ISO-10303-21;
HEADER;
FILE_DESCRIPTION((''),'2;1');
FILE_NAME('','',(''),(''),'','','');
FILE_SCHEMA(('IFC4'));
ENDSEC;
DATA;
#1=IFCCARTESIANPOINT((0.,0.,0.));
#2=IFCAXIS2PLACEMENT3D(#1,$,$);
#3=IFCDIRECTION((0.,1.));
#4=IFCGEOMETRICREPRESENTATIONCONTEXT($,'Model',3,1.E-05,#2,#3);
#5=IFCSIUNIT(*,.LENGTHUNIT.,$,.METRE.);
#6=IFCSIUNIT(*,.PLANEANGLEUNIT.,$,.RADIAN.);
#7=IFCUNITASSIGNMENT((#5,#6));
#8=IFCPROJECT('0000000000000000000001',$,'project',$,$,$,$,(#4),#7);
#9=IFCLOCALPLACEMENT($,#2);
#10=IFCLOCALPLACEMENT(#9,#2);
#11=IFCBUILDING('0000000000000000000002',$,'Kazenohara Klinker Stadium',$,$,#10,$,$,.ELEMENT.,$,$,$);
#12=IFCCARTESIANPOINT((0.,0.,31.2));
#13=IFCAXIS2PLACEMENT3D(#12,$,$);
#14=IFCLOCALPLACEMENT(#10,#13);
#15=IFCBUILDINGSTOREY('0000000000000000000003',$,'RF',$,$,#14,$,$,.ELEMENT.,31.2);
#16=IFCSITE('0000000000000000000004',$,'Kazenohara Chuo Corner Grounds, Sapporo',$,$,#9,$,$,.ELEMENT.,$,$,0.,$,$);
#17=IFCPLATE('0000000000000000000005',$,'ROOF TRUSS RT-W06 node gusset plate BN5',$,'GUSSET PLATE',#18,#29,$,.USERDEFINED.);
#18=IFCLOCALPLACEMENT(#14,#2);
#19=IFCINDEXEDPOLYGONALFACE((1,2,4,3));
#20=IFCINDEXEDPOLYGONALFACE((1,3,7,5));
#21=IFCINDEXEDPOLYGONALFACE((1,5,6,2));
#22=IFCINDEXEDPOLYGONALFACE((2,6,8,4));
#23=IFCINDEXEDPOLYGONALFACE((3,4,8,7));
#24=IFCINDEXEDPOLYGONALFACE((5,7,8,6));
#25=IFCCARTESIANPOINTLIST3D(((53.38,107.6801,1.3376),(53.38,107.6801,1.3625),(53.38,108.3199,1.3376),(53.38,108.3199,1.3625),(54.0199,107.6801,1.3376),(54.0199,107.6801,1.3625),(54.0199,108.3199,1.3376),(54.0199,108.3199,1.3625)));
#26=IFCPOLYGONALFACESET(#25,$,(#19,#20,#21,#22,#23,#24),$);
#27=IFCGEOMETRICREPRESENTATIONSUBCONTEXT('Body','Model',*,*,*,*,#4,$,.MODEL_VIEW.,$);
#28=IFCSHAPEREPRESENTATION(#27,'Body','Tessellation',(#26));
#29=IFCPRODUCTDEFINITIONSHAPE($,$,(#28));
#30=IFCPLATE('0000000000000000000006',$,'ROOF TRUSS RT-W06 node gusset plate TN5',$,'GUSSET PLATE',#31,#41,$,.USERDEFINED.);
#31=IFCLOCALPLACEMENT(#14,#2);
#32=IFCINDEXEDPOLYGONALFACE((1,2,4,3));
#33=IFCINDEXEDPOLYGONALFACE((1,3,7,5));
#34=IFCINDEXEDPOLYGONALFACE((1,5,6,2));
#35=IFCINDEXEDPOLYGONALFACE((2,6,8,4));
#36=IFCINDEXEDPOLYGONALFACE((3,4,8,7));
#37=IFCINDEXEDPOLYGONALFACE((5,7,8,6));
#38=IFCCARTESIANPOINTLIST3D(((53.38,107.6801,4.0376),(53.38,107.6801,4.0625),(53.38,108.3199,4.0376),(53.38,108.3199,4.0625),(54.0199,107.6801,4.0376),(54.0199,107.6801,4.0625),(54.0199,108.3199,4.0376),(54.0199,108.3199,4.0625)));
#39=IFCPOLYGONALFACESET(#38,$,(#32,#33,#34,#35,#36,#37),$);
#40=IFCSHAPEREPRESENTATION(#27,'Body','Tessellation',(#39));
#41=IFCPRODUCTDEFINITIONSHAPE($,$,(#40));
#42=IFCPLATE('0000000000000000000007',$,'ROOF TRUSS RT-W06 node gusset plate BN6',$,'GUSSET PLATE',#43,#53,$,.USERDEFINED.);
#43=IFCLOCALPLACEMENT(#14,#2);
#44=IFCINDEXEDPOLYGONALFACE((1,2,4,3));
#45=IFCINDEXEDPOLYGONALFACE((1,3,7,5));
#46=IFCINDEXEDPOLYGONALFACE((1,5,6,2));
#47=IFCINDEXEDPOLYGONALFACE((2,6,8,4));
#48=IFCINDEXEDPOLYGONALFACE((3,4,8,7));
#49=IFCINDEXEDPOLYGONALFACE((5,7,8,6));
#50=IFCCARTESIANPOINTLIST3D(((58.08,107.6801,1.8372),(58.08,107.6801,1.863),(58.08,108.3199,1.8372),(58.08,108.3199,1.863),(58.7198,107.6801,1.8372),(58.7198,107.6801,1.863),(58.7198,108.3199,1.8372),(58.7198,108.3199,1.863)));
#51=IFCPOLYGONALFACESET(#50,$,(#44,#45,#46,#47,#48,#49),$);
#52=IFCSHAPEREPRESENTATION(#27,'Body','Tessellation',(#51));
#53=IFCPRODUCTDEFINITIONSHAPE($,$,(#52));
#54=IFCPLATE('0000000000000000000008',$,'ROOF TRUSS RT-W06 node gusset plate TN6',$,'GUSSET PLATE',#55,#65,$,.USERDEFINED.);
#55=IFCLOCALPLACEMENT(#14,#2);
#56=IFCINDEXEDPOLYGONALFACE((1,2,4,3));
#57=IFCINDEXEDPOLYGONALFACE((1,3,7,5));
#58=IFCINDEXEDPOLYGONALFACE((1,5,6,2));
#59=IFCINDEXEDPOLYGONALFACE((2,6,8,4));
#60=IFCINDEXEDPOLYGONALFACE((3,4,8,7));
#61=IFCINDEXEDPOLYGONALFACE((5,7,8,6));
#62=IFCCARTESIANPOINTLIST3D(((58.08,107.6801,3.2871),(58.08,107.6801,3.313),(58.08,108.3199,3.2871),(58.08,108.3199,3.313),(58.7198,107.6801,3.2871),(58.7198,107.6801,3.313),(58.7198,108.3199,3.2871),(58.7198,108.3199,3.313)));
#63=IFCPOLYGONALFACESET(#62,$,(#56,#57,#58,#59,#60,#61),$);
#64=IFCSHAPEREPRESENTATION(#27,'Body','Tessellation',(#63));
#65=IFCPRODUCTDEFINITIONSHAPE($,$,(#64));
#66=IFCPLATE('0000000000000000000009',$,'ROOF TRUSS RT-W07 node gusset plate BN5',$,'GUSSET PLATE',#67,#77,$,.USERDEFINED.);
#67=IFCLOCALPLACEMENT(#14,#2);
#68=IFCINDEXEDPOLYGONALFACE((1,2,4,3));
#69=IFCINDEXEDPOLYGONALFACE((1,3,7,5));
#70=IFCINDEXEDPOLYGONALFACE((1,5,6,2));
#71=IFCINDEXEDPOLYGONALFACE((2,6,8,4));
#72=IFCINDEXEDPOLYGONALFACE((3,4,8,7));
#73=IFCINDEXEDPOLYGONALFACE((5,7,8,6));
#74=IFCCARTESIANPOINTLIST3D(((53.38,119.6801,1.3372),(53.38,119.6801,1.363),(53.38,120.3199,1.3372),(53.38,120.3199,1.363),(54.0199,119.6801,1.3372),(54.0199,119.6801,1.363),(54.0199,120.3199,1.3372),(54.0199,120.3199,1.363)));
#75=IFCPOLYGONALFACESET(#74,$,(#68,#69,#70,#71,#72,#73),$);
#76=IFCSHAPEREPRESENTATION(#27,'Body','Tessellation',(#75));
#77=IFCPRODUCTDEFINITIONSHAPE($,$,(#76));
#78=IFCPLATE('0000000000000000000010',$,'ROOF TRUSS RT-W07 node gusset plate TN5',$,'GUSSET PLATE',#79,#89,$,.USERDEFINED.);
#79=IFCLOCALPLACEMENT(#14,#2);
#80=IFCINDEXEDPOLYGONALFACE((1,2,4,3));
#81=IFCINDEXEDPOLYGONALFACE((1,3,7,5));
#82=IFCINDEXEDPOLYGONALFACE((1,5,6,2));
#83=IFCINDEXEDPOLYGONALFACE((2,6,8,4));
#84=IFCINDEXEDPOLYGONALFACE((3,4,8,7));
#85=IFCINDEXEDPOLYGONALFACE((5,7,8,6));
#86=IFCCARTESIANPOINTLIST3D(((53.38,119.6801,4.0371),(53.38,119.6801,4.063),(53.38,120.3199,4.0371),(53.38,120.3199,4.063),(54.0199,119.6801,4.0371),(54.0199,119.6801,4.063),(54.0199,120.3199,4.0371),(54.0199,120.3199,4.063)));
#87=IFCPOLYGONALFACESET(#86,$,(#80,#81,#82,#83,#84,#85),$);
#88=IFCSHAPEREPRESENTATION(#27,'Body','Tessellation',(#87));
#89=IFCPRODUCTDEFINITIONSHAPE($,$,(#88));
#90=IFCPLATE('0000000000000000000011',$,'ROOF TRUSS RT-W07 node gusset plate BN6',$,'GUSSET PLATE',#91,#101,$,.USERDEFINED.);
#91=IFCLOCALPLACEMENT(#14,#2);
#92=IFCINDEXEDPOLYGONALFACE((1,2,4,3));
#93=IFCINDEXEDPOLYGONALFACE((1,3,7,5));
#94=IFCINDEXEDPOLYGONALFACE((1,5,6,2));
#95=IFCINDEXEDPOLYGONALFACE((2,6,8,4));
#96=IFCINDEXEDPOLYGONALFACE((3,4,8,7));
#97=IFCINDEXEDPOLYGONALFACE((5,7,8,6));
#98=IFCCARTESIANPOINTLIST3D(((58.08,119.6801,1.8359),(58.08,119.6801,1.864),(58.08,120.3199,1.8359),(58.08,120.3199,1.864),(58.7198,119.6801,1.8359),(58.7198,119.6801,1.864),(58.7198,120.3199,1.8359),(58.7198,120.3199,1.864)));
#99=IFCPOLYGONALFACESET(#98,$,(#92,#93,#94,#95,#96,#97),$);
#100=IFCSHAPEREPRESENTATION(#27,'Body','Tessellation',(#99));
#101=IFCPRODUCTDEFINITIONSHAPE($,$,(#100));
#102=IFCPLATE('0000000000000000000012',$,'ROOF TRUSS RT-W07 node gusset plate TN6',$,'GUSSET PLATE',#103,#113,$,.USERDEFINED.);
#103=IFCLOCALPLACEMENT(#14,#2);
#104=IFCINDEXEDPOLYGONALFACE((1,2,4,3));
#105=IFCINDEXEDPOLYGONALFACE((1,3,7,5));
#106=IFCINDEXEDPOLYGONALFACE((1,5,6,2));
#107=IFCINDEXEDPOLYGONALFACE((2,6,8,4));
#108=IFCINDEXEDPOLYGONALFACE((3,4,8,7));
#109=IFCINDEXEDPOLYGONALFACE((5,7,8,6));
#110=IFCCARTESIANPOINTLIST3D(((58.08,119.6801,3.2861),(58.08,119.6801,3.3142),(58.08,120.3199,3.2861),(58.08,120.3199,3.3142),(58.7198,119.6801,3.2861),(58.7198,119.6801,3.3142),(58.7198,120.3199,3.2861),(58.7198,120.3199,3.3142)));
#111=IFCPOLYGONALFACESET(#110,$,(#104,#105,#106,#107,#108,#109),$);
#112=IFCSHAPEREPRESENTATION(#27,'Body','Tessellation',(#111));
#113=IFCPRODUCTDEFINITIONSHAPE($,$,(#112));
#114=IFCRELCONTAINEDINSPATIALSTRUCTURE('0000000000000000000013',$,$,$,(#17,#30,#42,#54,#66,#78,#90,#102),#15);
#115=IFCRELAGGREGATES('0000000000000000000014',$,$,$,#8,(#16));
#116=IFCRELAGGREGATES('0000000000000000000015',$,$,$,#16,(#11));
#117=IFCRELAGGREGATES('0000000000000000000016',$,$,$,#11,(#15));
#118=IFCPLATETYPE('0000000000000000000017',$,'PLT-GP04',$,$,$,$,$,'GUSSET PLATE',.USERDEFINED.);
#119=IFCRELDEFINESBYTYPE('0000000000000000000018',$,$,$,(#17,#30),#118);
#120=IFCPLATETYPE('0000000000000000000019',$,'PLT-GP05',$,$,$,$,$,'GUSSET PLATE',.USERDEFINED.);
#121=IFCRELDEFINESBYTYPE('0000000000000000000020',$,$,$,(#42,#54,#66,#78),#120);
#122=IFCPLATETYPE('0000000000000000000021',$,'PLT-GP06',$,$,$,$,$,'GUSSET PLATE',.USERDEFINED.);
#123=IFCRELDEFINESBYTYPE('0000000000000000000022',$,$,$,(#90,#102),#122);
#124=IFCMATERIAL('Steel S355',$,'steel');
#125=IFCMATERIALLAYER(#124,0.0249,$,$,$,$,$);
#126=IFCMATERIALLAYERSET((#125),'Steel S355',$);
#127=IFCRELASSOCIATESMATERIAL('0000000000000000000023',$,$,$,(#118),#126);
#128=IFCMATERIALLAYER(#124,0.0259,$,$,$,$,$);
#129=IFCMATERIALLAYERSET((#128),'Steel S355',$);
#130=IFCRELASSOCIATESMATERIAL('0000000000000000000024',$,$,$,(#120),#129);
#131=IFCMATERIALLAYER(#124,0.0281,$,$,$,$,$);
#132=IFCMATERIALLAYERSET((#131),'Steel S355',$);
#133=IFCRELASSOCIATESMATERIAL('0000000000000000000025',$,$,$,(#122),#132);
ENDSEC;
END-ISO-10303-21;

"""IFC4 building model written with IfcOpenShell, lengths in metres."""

from ifc_helpers import new_model, si_unit, direction, frame, origin, origin_2d, place, context, subcontext, project, spatial, rectangle, extrude, material, layer, layer_set, type_object, element, save


model = new_model("IFC4")

# Units and contexts
model_context = context("Model", 3, precision=1e-05, world=origin(), true_north=direction((0.0, 1.0)))
body_context = subcontext(model_context, "Body", "Model", "MODEL_VIEW")
ifc_project = project(units=[si_unit("LENGTHUNIT", "METRE"), si_unit("PLANEANGLEUNIT", "RADIAN")], contexts=[model_context])

# Site, building, storey
site_placement = place(None, origin())
site = spatial("IfcSite", under=ifc_project, at=site_placement, Name="Kazenohara Chuo Corner Grounds, Sapporo", CompositionType="ELEMENT", RefElevation=0.0)
building_placement = place(site_placement, origin())
building = spatial("IfcBuilding", under=site, at=building_placement, Name="Kazenohara Klinker Stadium", CompositionType="ELEMENT")
storey_placement = place(building_placement, frame((0.0, 0.0, 31.2)))
storey = spatial("IfcBuildingStorey", under=building, at=storey_placement, Name="RF", CompositionType="ELEMENT", Elevation=31.2)

# Shared definitions
ifc_material = material(Name="Steel S355", Category="steel")

# Plates
ifc_layer_1 = layer(ifc_material, 0.0249)
ifc_layer_set_1 = layer_set([ifc_layer_1], Name="Steel S355")
plate_type_1 = type_object("IfcPlateType", Name="PLT-GP04", ElementType="GUSSET PLATE", PredefinedType="USERDEFINED", material=ifc_layer_set_1)
for number, where, z_axis, x_axis, name in (
    (1, (53.7, 108.0, 1.3376), (0.0, 0.0, 1.0), (1.0, 0.0, 0.0), "ROOF TRUSS RT-W06 node gusset plate BN5"),
    (2, (53.7, 108.0, 4.0376), (0.0, 0.0, 1.0), (1.0, 0.0, 0.0), "ROOF TRUSS RT-W06 node gusset plate TN5"),
):
    element("IfcPlate", number, at=place(storey_placement, frame(where, z_axis=z_axis, x_axis=x_axis)), inside=storey, type_object=plate_type_1, Name=name, ObjectType="GUSSET PLATE", PredefinedType="USERDEFINED", context=body_context, shape_type="SweptSolid", body=[
        extrude(rectangle(XDim=0.6399, YDim=0.6399, at=origin_2d()), origin(), (0.0, 0.0, 1.0), 0.0249),
    ])
ifc_layer_2 = layer(ifc_material, 0.0259)
ifc_layer_set_2 = layer_set([ifc_layer_2], Name="Steel S355")
plate_type_2 = type_object("IfcPlateType", Name="PLT-GP05", ElementType="GUSSET PLATE", PredefinedType="USERDEFINED", material=ifc_layer_set_2)
for number, where, z_axis, x_axis, name in (
    (3, (58.3999, 108.0, 1.8372), (0.0, 0.0, 1.0), (1.0, 0.0, 0.0), "ROOF TRUSS RT-W06 node gusset plate BN6"),
    (4, (58.3999, 108.0, 3.2871), (0.0, 0.0, 1.0), (1.0, 0.0, 0.0), "ROOF TRUSS RT-W06 node gusset plate TN6"),
    (5, (53.7, 120.0, 1.3372), (0.0, 0.0, 1.0), (1.0, 0.0, 0.0), "ROOF TRUSS RT-W07 node gusset plate BN5"),
    (6, (53.7, 120.0, 4.0371), (0.0, 0.0, 1.0), (1.0, 0.0, 0.0), "ROOF TRUSS RT-W07 node gusset plate TN5"),
):
    element("IfcPlate", number, at=place(storey_placement, frame(where, z_axis=z_axis, x_axis=x_axis)), inside=storey, type_object=plate_type_2, Name=name, ObjectType="GUSSET PLATE", PredefinedType="USERDEFINED", context=body_context, shape_type="SweptSolid", body=[
        extrude(rectangle(XDim=0.6399, YDim=0.6399, at=origin_2d()), origin(), (0.0, 0.0, 1.0), 0.0259),
    ])
ifc_layer_3 = layer(ifc_material, 0.0281)
ifc_layer_set_3 = layer_set([ifc_layer_3], Name="Steel S355")
plate_type_3 = type_object("IfcPlateType", Name="PLT-GP06", ElementType="GUSSET PLATE", PredefinedType="USERDEFINED", material=ifc_layer_set_3)
for number, where, z_axis, x_axis, name in (
    (7, (58.3999, 120.0, 1.8359), (0.0, 0.0, 1.0), (1.0, 0.0, 0.0), "ROOF TRUSS RT-W07 node gusset plate BN6"),
    (8, (58.3999, 120.0, 3.2861), (0.0, 0.0, 1.0), (1.0, 0.0, 0.0), "ROOF TRUSS RT-W07 node gusset plate TN6"),
):
    element("IfcPlate", number, at=place(storey_placement, frame(where, z_axis=z_axis, x_axis=x_axis)), inside=storey, type_object=plate_type_3, Name=name, ObjectType="GUSSET PLATE", PredefinedType="USERDEFINED", context=body_context, shape_type="SweptSolid", body=[
        extrude(rectangle(XDim=0.6399, YDim=0.6399, at=origin_2d()), origin(), (0.0, 0.0, 1.0), 0.0281),
    ])

save(model, "model.ifc")
